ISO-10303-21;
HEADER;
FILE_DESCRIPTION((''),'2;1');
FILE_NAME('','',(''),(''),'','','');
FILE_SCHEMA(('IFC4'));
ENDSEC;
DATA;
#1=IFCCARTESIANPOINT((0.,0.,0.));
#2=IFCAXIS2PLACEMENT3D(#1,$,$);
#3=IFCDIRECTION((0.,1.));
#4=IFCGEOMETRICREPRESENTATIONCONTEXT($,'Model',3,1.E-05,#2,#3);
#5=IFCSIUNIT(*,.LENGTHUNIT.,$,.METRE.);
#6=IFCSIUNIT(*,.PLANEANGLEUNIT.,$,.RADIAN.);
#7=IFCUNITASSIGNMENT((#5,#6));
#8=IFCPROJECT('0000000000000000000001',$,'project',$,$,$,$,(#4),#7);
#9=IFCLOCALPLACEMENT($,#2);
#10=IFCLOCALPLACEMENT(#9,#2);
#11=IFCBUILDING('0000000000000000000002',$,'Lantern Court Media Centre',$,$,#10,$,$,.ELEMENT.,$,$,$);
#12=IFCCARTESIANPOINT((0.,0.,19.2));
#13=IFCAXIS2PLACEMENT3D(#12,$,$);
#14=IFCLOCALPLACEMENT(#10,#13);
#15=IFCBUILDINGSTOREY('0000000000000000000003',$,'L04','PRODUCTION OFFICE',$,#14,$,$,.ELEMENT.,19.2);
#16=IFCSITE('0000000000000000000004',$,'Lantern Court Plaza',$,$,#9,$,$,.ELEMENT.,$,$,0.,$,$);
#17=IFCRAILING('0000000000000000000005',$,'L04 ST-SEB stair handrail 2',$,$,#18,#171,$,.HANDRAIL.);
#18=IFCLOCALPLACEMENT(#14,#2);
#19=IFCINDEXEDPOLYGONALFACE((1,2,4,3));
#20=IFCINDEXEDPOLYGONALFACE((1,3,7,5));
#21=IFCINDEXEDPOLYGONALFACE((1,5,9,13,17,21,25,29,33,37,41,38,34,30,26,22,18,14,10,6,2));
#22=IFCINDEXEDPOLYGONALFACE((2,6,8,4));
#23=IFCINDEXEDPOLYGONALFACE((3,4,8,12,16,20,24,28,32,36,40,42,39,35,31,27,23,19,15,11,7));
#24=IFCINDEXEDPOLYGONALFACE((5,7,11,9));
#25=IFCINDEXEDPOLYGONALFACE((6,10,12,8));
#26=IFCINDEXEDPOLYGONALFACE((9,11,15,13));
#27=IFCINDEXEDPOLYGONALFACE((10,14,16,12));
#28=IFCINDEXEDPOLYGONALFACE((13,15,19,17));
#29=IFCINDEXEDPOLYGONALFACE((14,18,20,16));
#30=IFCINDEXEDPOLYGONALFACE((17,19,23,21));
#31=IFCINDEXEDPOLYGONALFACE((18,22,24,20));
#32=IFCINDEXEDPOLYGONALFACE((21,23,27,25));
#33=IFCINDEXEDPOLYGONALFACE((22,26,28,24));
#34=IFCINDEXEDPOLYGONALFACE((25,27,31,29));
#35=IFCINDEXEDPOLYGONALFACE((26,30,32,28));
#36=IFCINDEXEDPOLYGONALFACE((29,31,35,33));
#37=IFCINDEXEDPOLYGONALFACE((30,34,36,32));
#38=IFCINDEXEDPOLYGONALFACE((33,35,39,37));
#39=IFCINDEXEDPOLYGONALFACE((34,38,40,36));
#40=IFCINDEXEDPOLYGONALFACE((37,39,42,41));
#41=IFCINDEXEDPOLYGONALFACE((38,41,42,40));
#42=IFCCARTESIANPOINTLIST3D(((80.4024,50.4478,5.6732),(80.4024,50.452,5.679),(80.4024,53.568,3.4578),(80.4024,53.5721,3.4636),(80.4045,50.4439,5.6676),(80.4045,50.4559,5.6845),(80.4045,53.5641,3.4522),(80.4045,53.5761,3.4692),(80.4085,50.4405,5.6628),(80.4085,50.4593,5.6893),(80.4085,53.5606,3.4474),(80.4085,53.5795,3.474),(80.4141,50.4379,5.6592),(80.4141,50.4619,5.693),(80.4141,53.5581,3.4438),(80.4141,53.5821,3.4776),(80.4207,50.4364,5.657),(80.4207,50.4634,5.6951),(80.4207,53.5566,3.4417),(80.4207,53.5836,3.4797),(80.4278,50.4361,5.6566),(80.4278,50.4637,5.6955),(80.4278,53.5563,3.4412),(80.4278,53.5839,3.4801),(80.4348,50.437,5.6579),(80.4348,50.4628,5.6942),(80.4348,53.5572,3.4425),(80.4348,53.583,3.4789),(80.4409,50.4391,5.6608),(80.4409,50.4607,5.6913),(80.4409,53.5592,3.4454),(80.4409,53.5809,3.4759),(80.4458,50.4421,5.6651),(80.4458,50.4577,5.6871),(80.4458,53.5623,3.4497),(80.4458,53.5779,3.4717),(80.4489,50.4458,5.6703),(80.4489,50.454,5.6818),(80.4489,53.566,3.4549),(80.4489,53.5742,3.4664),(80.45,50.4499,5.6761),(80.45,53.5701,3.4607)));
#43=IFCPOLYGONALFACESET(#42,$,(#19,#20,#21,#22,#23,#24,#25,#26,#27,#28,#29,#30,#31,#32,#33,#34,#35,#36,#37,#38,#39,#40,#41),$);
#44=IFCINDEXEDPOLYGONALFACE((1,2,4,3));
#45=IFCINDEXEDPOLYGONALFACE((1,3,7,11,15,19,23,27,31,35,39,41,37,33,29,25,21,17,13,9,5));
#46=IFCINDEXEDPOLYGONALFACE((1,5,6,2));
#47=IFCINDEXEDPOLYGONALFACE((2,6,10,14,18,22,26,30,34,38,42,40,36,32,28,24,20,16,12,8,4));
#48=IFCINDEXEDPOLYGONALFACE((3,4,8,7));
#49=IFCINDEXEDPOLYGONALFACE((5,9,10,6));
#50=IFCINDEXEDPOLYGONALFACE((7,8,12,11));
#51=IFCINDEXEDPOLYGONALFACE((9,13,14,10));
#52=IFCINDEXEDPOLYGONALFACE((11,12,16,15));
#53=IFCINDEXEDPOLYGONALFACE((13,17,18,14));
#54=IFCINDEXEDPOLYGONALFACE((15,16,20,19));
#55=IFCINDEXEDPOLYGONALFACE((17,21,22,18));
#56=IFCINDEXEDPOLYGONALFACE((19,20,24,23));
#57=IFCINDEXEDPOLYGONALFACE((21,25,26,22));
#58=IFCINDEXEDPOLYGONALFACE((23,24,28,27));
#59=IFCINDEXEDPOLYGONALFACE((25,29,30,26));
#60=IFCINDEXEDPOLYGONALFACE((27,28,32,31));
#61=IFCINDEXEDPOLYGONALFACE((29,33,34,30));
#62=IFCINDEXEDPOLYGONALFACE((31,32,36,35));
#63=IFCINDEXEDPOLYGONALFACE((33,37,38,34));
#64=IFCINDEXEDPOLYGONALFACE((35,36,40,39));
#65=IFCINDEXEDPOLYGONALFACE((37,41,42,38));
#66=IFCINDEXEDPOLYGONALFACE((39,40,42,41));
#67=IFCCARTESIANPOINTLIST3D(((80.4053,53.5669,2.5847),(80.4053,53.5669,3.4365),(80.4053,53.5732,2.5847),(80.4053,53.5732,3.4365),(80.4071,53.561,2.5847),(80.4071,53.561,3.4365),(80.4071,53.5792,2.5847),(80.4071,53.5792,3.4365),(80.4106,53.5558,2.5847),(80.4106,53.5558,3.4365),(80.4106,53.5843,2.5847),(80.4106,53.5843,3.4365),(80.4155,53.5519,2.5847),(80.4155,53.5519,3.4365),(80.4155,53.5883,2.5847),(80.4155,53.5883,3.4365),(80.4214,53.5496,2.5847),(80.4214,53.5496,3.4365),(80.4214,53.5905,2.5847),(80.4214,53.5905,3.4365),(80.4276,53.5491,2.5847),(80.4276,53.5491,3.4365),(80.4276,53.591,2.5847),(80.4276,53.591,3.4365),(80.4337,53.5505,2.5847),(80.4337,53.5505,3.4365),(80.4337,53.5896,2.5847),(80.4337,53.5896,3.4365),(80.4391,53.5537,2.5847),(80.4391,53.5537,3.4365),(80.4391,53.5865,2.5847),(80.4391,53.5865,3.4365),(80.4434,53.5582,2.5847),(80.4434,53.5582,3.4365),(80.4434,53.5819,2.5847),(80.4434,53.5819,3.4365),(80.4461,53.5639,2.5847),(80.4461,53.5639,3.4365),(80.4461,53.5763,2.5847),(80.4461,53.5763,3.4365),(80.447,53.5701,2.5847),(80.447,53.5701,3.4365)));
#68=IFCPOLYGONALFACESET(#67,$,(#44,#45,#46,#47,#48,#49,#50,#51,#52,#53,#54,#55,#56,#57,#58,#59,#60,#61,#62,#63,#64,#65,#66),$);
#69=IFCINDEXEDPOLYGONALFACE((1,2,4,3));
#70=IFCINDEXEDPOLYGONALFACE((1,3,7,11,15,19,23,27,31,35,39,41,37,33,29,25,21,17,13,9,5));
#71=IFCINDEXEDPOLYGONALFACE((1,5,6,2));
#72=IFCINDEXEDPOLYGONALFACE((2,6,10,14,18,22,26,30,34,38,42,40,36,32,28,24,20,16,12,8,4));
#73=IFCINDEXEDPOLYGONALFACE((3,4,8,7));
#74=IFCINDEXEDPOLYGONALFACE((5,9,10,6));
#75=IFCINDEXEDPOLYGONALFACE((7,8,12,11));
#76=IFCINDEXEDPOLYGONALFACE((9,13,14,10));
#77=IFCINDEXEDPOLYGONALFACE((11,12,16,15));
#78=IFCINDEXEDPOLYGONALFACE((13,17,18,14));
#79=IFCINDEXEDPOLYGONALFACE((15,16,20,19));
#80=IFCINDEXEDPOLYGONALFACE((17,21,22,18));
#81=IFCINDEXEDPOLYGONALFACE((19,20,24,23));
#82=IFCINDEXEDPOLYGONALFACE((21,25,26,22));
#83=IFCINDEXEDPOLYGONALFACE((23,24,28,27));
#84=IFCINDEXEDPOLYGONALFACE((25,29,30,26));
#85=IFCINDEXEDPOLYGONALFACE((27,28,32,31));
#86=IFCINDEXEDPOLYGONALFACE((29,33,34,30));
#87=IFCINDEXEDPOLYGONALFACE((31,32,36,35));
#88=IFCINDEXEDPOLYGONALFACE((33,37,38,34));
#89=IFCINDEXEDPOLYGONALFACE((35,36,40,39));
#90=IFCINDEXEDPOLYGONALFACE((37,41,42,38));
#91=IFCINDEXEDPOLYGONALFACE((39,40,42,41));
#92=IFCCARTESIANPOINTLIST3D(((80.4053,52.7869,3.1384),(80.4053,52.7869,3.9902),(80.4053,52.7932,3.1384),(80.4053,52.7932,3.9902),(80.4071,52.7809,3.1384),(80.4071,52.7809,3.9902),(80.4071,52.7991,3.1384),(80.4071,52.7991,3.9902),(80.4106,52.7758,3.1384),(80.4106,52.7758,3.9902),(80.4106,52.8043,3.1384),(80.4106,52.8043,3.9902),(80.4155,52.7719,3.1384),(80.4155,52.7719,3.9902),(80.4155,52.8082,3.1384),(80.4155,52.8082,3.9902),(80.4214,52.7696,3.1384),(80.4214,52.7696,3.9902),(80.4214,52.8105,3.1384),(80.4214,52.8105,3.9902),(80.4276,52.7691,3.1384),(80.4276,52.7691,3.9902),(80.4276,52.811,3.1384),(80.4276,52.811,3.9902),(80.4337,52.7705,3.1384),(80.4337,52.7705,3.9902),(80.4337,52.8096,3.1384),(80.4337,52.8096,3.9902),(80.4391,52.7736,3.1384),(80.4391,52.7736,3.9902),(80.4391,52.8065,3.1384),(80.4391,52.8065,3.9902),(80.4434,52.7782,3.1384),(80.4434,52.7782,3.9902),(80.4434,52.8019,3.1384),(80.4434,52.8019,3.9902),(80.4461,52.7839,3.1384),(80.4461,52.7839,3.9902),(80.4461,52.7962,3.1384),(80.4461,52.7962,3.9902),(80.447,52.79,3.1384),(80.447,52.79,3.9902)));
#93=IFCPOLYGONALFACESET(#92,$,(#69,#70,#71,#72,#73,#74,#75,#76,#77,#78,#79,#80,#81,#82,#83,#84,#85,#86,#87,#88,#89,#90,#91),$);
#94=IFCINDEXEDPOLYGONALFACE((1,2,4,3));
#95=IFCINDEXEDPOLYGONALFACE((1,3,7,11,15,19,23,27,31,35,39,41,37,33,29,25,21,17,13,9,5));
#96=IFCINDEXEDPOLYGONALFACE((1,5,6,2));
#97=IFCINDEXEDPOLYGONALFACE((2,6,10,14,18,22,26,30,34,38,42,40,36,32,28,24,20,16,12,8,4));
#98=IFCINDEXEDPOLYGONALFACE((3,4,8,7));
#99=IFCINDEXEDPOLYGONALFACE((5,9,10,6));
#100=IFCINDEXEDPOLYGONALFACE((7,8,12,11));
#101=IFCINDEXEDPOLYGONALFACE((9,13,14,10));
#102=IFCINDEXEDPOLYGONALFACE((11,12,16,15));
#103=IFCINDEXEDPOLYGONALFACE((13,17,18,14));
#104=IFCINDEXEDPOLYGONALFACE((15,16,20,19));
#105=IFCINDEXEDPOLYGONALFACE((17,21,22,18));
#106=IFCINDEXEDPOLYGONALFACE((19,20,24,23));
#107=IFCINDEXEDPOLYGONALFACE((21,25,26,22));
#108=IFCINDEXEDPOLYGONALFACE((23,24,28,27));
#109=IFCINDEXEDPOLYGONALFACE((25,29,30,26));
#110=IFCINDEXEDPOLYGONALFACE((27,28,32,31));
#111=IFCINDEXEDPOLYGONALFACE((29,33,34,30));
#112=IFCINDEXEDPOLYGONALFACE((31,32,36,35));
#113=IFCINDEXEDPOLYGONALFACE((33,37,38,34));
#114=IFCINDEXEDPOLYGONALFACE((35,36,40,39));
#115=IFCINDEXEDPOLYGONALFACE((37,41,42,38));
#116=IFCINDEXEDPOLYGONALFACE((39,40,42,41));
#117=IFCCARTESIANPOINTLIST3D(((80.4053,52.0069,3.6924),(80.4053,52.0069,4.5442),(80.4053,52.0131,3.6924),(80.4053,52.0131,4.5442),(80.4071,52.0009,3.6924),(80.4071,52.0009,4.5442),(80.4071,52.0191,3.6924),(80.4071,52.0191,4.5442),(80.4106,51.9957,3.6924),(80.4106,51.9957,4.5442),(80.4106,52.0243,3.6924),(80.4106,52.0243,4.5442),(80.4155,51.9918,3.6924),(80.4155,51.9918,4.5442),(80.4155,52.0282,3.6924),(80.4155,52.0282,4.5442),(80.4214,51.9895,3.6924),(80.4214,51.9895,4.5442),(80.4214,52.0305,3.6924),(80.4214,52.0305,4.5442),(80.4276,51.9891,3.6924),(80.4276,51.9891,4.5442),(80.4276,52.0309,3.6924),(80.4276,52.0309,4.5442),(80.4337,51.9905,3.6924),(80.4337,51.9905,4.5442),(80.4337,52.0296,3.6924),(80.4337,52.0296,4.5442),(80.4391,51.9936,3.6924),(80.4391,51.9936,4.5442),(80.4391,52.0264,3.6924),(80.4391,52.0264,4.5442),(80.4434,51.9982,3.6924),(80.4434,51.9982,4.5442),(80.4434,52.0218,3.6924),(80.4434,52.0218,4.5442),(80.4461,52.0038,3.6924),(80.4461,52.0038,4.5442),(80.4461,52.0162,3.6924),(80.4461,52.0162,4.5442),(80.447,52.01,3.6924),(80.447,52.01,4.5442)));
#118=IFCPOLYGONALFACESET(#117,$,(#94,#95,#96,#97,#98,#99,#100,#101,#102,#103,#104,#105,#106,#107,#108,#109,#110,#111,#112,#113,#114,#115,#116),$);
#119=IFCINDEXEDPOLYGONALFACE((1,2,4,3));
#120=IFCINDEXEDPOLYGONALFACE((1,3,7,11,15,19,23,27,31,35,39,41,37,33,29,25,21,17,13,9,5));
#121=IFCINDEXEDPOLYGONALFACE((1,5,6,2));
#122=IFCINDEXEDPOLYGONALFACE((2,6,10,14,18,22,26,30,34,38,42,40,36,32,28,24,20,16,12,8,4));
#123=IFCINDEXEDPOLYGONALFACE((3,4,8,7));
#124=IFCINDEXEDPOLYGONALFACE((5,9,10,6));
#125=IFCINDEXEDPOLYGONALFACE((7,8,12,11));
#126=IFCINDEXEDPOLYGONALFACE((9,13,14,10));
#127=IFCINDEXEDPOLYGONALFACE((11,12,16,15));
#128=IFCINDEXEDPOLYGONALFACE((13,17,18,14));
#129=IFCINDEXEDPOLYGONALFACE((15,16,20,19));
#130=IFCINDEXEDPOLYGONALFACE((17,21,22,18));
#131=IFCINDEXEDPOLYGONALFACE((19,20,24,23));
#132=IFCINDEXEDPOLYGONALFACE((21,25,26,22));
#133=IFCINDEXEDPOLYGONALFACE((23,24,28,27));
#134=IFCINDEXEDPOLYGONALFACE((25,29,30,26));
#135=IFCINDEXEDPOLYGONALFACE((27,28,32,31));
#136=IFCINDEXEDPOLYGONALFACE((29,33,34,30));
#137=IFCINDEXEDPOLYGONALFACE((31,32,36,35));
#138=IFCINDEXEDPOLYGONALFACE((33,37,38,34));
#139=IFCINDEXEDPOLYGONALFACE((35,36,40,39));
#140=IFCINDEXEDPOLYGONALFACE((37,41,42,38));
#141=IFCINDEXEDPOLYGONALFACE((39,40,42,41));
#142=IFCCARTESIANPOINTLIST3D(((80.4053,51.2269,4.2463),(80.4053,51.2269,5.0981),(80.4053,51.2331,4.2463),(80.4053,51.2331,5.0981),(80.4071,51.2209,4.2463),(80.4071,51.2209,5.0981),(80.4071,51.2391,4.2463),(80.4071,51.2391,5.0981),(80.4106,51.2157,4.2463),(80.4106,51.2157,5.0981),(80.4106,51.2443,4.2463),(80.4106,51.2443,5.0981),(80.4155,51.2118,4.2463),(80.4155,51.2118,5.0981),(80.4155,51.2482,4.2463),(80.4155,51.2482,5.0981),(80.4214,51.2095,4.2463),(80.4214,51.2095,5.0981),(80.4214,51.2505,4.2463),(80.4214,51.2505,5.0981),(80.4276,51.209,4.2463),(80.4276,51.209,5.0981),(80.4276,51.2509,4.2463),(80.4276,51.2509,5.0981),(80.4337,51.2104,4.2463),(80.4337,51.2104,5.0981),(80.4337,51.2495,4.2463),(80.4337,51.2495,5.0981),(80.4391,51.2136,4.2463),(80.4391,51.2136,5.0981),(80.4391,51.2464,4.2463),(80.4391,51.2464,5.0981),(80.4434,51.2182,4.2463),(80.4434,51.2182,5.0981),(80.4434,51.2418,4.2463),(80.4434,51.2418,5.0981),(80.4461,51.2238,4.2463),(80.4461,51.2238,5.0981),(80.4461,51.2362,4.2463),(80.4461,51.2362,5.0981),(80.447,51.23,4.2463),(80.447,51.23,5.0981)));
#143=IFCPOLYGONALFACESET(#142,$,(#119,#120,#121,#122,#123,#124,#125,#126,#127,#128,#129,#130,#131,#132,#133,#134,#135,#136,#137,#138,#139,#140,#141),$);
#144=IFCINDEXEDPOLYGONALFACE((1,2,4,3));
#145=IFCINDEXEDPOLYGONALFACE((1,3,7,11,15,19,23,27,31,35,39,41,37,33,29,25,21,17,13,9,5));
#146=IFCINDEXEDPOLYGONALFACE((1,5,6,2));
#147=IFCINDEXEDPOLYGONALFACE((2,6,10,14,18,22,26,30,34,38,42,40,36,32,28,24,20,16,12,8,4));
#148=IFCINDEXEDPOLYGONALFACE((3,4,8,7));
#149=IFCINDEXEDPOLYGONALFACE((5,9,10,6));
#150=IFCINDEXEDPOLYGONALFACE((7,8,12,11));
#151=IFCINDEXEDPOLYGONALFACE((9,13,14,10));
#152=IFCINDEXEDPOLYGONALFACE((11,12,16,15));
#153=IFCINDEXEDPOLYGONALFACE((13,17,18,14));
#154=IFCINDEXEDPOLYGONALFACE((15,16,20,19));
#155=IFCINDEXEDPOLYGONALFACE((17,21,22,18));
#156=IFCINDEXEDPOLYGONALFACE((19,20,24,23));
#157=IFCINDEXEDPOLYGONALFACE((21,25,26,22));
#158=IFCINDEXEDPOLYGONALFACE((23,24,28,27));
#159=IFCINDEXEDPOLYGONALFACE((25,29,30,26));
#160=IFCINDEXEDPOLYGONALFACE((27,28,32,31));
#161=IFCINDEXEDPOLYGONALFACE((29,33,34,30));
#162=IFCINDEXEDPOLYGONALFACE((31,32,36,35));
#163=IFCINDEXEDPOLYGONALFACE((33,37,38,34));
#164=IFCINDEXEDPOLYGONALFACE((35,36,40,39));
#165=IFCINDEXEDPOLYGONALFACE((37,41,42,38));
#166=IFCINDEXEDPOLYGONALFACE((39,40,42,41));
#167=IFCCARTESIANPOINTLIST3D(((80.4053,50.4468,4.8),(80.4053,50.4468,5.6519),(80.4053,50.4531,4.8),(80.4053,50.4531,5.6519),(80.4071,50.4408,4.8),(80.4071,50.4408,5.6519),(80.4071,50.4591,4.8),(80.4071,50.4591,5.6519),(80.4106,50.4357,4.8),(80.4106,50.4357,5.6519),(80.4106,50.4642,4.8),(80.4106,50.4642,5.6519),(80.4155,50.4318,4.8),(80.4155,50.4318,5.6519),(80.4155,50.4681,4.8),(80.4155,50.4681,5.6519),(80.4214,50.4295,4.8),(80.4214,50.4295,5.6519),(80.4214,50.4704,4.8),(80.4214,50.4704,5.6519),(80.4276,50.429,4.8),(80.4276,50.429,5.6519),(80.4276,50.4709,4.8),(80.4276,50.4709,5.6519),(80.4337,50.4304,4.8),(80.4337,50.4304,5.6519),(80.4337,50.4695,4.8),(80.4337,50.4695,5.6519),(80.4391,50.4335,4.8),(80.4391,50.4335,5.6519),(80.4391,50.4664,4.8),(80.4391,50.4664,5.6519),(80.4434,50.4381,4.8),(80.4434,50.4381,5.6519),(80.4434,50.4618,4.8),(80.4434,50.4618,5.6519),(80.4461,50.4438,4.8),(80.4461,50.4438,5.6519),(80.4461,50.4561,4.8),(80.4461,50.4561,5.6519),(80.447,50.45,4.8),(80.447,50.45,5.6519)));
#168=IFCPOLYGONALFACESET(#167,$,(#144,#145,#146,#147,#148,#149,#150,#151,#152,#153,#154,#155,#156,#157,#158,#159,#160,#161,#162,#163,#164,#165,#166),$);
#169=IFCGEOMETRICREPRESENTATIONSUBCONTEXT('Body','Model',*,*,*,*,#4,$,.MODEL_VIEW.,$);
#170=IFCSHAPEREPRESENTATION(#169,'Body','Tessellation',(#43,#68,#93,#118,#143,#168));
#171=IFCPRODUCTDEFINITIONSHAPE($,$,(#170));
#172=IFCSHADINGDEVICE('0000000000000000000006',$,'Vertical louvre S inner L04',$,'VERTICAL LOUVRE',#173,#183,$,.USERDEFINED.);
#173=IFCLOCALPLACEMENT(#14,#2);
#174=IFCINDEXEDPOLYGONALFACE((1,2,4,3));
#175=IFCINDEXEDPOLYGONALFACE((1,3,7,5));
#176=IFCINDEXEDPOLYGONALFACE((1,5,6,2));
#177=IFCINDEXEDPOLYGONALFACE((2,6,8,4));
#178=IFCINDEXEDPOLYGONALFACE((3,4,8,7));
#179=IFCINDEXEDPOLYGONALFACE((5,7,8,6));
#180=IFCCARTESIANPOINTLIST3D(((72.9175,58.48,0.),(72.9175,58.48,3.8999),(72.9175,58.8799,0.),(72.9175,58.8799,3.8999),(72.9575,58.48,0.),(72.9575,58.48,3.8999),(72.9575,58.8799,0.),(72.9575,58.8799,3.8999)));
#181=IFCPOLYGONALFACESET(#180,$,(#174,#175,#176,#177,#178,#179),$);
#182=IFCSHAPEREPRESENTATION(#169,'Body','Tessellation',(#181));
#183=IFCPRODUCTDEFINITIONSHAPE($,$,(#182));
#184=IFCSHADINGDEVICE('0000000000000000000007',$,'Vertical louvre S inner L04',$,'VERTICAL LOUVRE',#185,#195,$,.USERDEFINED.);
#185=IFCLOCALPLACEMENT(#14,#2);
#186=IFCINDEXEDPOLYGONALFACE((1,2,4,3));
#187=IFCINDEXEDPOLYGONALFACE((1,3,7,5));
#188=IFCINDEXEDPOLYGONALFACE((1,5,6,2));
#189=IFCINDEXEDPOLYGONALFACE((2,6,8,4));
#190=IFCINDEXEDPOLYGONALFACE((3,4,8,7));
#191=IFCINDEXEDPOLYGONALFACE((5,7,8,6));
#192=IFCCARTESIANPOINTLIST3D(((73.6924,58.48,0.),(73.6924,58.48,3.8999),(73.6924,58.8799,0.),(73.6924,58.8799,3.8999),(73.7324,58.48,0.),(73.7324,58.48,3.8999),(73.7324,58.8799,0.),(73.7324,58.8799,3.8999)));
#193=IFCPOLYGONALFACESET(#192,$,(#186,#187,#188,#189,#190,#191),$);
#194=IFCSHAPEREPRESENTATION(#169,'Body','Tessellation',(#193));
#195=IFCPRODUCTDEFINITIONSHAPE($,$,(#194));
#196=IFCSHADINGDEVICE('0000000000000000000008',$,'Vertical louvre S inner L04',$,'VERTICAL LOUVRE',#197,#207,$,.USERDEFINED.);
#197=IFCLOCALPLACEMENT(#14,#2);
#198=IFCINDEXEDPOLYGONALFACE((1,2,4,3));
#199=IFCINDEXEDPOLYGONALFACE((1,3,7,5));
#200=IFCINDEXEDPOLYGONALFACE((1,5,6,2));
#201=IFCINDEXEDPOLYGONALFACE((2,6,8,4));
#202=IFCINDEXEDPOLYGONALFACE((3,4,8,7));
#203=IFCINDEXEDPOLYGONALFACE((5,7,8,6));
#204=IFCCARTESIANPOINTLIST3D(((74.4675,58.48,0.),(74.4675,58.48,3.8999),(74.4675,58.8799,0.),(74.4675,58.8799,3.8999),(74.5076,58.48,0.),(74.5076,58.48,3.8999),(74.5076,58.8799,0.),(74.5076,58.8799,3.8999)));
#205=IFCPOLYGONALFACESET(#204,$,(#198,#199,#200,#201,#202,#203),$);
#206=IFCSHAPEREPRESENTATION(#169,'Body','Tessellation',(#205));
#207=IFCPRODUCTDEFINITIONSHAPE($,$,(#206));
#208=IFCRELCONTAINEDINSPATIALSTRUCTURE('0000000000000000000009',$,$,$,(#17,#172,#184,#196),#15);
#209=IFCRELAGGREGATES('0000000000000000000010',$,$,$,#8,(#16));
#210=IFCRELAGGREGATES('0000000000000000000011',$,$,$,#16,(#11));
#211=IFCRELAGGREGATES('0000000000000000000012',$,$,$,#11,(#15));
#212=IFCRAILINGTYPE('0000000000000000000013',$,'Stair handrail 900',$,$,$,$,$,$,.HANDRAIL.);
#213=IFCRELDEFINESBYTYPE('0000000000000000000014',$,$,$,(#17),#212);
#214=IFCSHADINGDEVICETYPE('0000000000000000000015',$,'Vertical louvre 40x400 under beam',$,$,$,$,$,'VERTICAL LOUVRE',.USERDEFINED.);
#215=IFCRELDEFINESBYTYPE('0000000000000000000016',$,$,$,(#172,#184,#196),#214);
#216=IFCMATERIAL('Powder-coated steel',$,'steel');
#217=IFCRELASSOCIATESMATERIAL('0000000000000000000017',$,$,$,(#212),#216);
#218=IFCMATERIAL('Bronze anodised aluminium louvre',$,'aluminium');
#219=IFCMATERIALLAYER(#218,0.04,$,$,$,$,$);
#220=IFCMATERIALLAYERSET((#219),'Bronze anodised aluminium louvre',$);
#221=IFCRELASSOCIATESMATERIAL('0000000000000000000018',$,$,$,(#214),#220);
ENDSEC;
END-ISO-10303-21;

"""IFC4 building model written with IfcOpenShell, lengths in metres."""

from ifc_helpers import new_model, si_unit, direction, frame, origin, origin_2d, place, context, subcontext, project, spatial, rectangle, circle, extrude, material, layer, layer_set, type_object, element, save


model = new_model("IFC4")

# Units and contexts
model_context = context("Model", 3, precision=1e-05, world=origin(), true_north=direction((0.0, 1.0)))
body_context = subcontext(model_context, "Body", "Model", "MODEL_VIEW")
ifc_project = project(units=[si_unit("LENGTHUNIT", "METRE"), si_unit("PLANEANGLEUNIT", "RADIAN")], contexts=[model_context])

# Site, building, storey
site_placement = place(None, origin())
site = spatial("IfcSite", under=ifc_project, at=site_placement, Name="Lantern Court Plaza", CompositionType="ELEMENT", RefElevation=0.0)
building_placement = place(site_placement, origin())
building = spatial("IfcBuilding", under=site, at=building_placement, Name="Lantern Court Media Centre", CompositionType="ELEMENT")
storey_placement = place(building_placement, frame((0.0, 0.0, 19.2)))
storey = spatial("IfcBuildingStorey", under=building, at=storey_placement, Name="L04", Description="PRODUCTION OFFICE", CompositionType="ELEMENT", Elevation=19.2)

# Railing
ifc_material_1 = material(Name="Powder-coated steel", Category="steel")
railing_type_1 = type_object("IfcRailingType", Name="Stair handrail 900", PredefinedType="HANDRAIL", material=ifc_material_1)
for number, where, name in (
    (1, (80.426, 53.5701, 2.5847), "L04 ST-SEB stair handrail 2"),
):
    element("IfcRailing", number, at=place(storey_placement, frame(where)), inside=storey, type_object=railing_type_1, Name=name, PredefinedType="HANDRAIL", context=body_context, shape_type="SweptSolid", body=[
        extrude(circle(Radius=0.0239, at=origin_2d()), frame((0.0, 0.0, 0.876), z_axis=(0.0, -0.815377, 0.57893), x_axis=(1.0, 0.0, 0.0)), (0.0, 0.0, 1.0), 3.8267),
        extrude(circle(Radius=0.021, at=origin_2d()), origin(), (0.0, 0.0, 1.0), 0.8518),
        extrude(circle(Radius=0.021, at=origin_2d()), frame((0.0, -0.78, 0.5537)), (0.0, 0.0, 1.0), 0.8518),
        extrude(circle(Radius=0.021, at=origin_2d()), frame((0.0, -1.5601, 1.1077)), (0.0, 0.0, 1.0), 0.8518),
        extrude(circle(Radius=0.021, at=origin_2d()), frame((0.0, -2.3401, 1.6616)), (0.0, 0.0, 1.0), 0.8518),
        extrude(circle(Radius=0.021, at=origin_2d()), frame((0.0, -3.1201, 2.2153)), (0.0, 0.0, 1.0), 0.8518),
    ])

# Shading devices
ifc_material_2 = material(Name="Bronze anodised aluminium louvre", Category="aluminium")
ifc_layer_1 = layer(ifc_material_2, 0.04)
ifc_layer_set_1 = layer_set([ifc_layer_1], Name="Bronze anodised aluminium louvre")
shading_device_type = type_object("IfcShadingDeviceType", Name="Vertical louvre 40x400 under beam", ElementType="VERTICAL LOUVRE", PredefinedType="USERDEFINED", material=ifc_layer_set_1)
for number, where, z_axis, x_axis, name in (
    (2, (72.9375, 58.6799, 0.0), (0.0, 0.0, 1.0), (1.0, 0.0, 0.0), "Vertical louvre S inner L04"),
    (3, (73.7124, 58.6799, 0.0), (0.0, 0.0, 1.0), (1.0, 0.0, 0.0), "Vertical louvre S inner L04"),
    (4, (74.4875, 58.6799, 0.0), (0.0, 0.0, 1.0), (1.0, 0.0, 0.0), "Vertical louvre S inner L04"),
):
    element("IfcShadingDevice", number, at=place(storey_placement, frame(where, z_axis=z_axis, x_axis=x_axis)), inside=storey, type_object=shading_device_type, Name=name, ObjectType="VERTICAL LOUVRE", PredefinedType="USERDEFINED", context=body_context, shape_type="SweptSolid", body=[
        extrude(rectangle(XDim=0.04, YDim=0.3999, at=origin_2d()), origin(), (0.0, 0.0, 1.0), 3.8999),
    ])

save(model, "model.ifc")
